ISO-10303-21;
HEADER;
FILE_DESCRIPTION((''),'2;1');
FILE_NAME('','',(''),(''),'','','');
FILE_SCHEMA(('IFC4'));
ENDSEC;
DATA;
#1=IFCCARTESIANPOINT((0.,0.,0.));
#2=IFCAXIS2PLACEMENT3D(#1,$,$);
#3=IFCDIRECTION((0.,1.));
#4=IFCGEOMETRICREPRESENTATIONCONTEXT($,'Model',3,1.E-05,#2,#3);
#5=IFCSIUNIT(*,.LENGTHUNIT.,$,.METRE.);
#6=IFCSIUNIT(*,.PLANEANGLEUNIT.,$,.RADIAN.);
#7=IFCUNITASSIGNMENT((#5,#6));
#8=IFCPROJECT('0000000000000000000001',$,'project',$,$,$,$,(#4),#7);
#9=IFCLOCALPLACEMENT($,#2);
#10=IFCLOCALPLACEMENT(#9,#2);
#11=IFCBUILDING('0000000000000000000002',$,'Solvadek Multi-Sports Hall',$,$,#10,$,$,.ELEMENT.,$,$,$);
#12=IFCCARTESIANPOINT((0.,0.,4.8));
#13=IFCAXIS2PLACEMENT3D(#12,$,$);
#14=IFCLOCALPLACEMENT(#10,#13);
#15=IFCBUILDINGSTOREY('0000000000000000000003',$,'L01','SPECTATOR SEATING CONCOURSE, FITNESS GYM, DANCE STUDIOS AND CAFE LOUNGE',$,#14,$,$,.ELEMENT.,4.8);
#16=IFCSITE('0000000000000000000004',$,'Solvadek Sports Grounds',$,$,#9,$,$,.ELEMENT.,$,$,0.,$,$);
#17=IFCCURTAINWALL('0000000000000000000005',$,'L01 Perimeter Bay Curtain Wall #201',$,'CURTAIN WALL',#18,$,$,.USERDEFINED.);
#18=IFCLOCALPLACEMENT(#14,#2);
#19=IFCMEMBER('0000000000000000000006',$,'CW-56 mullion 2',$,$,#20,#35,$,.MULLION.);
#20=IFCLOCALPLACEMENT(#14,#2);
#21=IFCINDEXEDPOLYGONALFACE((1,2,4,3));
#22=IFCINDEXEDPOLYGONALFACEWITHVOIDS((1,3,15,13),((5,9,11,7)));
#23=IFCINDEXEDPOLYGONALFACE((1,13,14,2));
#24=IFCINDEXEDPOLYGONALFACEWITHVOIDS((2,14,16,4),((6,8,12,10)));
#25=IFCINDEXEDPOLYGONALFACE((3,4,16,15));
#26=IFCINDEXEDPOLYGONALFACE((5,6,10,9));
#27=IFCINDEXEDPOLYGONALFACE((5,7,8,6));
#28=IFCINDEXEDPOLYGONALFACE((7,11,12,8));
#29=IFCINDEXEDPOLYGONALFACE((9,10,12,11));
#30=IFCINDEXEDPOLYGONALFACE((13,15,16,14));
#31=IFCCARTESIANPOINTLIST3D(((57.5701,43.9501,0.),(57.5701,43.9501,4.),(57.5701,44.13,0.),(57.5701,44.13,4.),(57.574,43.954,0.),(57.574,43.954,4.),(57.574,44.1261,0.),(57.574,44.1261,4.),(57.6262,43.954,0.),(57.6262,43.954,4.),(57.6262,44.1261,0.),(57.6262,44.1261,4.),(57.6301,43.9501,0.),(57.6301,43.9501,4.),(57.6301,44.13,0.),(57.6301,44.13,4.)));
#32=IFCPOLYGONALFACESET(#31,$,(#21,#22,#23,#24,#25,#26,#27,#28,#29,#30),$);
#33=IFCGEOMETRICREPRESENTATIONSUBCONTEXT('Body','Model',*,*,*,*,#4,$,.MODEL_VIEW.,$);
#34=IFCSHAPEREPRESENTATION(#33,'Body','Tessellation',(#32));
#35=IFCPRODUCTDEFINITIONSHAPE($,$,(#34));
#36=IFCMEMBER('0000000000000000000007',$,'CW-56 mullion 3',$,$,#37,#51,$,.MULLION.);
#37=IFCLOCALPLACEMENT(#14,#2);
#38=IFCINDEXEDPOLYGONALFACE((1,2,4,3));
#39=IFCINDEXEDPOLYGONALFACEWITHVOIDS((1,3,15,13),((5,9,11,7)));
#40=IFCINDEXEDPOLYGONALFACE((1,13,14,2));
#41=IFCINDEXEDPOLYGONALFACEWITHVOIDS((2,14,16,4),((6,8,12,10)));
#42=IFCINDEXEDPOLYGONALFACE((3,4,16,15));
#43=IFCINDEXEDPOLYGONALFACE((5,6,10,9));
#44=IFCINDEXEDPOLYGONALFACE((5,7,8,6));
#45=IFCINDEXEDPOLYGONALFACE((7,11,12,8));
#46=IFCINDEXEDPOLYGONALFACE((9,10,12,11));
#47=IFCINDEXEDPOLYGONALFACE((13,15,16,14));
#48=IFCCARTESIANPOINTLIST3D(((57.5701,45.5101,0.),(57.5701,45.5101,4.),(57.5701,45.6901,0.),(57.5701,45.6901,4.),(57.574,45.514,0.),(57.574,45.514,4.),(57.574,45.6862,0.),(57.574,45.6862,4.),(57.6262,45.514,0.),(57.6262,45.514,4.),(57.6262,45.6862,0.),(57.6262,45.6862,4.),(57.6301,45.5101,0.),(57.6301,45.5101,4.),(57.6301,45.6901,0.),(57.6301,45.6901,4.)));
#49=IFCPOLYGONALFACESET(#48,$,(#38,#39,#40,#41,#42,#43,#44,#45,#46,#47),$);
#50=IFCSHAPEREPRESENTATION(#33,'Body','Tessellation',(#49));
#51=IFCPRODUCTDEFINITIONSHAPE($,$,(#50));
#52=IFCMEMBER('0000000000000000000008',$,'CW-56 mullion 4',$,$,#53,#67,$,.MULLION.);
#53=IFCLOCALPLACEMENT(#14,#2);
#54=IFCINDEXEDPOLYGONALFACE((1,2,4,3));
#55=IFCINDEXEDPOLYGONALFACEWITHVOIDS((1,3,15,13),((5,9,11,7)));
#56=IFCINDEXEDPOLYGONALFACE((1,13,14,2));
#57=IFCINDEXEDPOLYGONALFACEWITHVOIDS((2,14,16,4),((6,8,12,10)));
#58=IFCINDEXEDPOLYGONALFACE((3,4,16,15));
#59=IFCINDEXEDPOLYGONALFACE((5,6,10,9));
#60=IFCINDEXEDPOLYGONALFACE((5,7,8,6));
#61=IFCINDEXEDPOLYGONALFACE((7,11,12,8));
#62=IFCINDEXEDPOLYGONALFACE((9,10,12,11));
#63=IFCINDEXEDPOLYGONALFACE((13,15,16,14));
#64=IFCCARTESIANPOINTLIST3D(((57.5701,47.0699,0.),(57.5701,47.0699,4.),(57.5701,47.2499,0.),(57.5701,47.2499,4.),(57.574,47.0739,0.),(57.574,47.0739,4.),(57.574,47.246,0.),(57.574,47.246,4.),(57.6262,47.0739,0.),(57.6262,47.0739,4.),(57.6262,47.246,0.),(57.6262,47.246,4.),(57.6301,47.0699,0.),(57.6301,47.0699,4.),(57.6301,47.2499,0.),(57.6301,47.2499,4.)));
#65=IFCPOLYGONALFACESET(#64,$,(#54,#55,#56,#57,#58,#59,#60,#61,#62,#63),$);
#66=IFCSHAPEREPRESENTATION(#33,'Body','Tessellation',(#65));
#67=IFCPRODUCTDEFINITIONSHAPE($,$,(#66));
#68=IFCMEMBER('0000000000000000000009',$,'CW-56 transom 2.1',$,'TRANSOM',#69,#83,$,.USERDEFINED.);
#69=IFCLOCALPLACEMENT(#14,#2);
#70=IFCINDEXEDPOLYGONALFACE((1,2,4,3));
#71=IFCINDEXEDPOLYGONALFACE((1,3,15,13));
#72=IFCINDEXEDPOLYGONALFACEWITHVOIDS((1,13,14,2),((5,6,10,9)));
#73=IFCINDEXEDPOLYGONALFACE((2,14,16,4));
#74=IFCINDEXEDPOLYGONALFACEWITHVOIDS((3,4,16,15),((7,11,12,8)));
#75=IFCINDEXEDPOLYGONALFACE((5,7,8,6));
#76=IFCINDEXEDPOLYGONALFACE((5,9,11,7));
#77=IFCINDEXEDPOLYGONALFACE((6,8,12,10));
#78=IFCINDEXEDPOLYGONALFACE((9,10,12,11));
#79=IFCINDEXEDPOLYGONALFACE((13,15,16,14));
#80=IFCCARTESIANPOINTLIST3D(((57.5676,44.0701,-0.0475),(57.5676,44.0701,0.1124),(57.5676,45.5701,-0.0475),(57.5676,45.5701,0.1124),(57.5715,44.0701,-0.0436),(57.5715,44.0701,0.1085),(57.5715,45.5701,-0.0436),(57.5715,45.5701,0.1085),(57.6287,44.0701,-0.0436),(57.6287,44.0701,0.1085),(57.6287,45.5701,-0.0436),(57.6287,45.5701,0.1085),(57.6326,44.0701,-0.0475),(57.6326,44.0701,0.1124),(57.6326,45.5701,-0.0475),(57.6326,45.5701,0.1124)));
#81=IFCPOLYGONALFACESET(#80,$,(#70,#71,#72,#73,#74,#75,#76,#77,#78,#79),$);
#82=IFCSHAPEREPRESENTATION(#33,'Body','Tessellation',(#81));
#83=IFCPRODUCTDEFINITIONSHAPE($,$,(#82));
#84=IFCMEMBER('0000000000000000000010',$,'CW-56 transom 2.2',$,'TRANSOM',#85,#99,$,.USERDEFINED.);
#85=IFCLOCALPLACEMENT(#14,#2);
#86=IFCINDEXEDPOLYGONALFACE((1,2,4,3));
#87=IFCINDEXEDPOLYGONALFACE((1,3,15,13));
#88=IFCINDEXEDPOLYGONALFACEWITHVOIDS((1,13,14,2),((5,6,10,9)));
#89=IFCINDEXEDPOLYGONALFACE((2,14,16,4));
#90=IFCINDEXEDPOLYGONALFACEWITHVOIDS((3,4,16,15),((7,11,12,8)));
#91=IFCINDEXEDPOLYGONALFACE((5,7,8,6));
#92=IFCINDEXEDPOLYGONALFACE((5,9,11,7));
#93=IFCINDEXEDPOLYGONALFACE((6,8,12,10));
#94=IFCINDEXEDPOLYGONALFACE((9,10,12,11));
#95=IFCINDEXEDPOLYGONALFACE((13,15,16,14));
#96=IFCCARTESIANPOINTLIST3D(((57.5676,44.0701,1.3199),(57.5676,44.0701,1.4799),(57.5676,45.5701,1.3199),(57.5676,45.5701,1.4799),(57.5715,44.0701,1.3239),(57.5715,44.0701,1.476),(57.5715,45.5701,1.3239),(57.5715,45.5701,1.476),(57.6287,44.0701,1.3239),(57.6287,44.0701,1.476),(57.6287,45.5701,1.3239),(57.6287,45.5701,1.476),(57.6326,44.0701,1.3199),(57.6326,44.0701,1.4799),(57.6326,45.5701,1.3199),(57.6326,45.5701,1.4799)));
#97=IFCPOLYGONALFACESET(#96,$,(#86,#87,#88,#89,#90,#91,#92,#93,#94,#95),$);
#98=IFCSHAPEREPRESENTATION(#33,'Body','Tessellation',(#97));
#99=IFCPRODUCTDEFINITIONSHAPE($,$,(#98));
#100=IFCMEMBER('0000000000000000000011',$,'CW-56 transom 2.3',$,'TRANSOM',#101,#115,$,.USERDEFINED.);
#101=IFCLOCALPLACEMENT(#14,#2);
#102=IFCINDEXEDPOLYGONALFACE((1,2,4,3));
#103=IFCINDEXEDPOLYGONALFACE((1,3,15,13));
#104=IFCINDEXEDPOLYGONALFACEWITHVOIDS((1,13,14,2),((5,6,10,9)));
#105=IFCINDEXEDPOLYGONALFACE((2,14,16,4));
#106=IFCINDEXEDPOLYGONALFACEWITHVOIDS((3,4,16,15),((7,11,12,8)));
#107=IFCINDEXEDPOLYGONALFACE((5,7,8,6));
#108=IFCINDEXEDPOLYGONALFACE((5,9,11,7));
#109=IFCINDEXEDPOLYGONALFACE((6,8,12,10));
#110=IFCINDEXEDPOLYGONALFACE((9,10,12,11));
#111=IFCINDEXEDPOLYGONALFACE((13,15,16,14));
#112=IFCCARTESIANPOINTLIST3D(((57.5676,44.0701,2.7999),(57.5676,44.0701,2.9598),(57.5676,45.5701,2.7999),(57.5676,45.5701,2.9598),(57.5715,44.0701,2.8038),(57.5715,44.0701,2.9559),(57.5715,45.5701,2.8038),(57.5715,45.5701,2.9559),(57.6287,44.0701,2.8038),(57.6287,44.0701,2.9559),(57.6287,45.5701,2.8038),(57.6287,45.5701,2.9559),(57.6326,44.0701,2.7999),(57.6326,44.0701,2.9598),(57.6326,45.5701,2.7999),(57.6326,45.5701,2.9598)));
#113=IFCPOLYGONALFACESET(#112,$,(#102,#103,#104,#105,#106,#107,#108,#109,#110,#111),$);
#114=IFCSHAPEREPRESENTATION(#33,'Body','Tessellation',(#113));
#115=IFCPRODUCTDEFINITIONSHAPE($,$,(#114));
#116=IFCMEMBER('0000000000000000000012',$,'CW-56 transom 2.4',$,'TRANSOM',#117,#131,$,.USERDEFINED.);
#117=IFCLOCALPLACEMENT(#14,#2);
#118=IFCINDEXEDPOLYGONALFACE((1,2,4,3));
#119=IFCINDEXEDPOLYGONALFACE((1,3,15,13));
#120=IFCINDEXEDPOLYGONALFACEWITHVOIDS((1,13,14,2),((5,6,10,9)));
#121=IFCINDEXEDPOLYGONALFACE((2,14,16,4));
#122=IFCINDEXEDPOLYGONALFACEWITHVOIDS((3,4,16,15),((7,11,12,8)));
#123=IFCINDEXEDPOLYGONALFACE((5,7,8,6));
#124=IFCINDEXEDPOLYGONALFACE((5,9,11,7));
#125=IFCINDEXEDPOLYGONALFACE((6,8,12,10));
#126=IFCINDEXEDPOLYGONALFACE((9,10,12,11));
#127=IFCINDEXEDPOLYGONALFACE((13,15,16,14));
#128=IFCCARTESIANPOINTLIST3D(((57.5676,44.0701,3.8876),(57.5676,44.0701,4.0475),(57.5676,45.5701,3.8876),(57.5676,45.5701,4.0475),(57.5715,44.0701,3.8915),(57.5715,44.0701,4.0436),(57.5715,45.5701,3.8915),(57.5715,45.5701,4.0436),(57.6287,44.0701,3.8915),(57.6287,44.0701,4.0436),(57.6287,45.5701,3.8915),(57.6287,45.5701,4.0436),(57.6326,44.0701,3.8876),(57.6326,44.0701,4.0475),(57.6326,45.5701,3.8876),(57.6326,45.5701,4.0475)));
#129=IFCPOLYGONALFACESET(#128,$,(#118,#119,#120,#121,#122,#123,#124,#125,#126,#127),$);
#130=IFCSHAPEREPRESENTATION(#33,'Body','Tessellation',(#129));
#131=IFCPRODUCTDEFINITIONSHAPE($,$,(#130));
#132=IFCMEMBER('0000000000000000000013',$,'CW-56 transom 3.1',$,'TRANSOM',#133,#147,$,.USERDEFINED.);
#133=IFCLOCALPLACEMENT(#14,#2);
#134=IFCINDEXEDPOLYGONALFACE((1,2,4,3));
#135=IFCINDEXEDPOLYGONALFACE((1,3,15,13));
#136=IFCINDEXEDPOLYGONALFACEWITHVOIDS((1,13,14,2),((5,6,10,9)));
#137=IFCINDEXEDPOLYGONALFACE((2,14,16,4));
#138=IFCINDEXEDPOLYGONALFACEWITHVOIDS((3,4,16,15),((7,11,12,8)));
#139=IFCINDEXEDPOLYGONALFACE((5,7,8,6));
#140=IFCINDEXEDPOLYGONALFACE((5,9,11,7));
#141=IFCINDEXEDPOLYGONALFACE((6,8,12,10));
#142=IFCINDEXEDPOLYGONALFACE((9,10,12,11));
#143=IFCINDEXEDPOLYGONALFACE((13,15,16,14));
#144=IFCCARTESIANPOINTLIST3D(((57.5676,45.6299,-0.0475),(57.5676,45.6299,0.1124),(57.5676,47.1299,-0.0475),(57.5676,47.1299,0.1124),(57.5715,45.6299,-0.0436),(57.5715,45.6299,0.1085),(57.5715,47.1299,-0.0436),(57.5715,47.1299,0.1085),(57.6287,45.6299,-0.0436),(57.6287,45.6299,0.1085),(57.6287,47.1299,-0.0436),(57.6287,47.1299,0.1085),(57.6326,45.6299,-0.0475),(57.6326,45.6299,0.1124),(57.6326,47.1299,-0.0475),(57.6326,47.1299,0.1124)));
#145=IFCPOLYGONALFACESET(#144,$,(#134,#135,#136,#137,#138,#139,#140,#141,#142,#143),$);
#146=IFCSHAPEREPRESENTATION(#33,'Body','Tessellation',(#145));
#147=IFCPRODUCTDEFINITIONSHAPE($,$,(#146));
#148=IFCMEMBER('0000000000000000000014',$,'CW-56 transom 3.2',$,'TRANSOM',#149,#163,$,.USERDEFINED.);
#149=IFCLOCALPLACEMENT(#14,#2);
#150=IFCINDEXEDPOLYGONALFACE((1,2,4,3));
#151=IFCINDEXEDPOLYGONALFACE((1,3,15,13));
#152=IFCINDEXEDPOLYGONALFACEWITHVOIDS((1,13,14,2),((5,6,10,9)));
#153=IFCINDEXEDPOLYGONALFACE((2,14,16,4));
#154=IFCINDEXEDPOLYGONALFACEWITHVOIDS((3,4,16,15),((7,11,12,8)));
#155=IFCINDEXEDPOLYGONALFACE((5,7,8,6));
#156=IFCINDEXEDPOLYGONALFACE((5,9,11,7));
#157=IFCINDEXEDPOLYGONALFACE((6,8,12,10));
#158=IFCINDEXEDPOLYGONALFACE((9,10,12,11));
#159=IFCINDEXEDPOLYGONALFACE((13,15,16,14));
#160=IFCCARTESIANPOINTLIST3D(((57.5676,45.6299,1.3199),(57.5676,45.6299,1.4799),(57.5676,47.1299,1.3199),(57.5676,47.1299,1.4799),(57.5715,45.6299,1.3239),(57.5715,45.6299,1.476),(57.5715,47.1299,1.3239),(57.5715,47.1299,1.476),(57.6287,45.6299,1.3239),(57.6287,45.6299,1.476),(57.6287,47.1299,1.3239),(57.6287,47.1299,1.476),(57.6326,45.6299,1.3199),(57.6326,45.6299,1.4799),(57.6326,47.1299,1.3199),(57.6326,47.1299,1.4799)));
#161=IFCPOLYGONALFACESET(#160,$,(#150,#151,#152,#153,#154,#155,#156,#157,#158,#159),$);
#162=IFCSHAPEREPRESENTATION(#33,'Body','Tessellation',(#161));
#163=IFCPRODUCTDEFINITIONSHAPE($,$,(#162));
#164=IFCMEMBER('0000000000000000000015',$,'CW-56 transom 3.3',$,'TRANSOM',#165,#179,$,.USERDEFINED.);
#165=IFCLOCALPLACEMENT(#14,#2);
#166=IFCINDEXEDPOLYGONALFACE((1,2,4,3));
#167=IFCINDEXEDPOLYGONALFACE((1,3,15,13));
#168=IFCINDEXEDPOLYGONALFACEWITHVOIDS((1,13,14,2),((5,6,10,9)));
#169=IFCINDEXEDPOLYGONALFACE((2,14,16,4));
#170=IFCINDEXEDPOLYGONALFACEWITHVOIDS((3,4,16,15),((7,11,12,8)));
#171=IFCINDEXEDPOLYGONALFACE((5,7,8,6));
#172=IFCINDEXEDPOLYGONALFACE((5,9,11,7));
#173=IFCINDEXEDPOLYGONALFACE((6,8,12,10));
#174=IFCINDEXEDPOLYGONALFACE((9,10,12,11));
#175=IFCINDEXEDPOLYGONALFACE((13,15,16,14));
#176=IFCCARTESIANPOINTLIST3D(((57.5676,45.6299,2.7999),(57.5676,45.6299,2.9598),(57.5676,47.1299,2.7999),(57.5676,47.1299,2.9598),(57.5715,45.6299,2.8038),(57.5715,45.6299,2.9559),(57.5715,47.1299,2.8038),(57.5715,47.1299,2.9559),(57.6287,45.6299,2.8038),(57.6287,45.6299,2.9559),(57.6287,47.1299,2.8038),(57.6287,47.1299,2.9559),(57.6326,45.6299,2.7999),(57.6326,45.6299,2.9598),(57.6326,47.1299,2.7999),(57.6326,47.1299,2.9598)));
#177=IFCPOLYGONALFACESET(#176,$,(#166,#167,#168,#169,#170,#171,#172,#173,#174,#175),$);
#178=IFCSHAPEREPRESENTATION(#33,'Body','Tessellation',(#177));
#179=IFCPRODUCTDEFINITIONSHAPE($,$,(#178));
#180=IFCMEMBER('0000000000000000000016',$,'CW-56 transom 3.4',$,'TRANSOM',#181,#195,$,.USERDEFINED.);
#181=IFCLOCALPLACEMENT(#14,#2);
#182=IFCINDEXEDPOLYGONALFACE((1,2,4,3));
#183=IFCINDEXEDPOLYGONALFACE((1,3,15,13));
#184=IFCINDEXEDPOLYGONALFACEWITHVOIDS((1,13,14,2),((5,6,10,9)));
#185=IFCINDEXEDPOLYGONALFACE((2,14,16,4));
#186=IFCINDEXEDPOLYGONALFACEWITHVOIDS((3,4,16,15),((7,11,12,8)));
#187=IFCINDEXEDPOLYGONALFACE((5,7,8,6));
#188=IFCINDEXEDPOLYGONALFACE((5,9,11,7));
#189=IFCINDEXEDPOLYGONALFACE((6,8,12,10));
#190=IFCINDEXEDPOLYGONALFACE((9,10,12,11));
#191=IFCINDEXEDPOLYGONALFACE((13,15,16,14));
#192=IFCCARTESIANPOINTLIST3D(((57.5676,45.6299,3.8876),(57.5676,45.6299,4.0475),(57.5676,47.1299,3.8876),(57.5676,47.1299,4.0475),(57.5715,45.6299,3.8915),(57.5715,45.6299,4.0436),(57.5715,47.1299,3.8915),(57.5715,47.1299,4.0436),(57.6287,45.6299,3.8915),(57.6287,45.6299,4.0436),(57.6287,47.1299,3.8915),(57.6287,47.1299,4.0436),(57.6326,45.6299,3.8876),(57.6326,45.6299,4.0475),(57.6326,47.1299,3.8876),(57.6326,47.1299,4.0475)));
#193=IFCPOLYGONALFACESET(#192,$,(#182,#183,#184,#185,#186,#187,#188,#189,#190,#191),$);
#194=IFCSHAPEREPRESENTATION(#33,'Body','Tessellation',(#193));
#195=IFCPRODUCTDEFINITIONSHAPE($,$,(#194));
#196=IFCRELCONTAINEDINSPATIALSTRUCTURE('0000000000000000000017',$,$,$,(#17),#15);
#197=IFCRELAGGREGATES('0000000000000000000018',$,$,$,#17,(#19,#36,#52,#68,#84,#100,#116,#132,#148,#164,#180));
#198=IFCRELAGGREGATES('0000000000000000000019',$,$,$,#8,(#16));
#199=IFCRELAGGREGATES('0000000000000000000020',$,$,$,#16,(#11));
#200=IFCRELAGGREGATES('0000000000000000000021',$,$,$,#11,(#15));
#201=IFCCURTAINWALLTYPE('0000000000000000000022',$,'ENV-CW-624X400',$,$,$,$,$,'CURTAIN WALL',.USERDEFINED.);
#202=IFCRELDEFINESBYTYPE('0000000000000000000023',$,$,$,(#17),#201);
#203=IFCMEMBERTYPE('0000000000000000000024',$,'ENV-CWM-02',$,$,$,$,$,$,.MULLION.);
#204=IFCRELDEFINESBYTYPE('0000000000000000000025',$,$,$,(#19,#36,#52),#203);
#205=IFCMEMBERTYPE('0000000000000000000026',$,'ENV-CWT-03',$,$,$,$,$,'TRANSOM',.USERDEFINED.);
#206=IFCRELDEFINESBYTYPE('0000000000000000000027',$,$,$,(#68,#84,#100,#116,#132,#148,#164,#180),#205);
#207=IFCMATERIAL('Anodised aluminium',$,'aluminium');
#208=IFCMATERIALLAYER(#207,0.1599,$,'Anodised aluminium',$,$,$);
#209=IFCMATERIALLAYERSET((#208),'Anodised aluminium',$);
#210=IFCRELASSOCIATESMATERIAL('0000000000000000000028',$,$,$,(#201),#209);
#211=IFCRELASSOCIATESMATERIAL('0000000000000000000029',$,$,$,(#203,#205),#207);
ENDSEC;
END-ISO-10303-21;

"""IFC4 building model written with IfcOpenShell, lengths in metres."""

from ifc_helpers import new_model, si_unit, direction, frame, origin, origin_2d, place, context, subcontext, project, spatial, hollow_rectangle, extrude, material, layer, layer_set, material_profile, profile_set, type_object, element, aggregate, save


model = new_model("IFC4")

# Units and contexts
model_context = context("Model", 3, precision=1e-05, world=origin(), true_north=direction((0.0, 1.0)))
body_context = subcontext(model_context, "Body", "Model", "MODEL_VIEW")
ifc_project = project(units=[si_unit("LENGTHUNIT", "METRE"), si_unit("PLANEANGLEUNIT", "RADIAN")], contexts=[model_context])

# Site, building, storey
site_placement = place(None, origin())
site = spatial("IfcSite", under=ifc_project, at=site_placement, Name="Solvadek Sports Grounds", CompositionType="ELEMENT", RefElevation=0.0)
building_placement = place(site_placement, origin())
building = spatial("IfcBuilding", under=site, at=building_placement, Name="Solvadek Multi-Sports Hall", CompositionType="ELEMENT")
storey_placement = place(building_placement, frame((0.0, 0.0, 4.8)))
storey = spatial("IfcBuildingStorey", under=building, at=storey_placement, Name="L01", Description="SPECTATOR SEATING CONCOURSE, FITNESS GYM, DANCE STUDIOS AND CAFE LOUNGE", CompositionType="ELEMENT", Elevation=4.8)

# Curtain wall, members
ifc_material_1 = material(Name="Anodised aluminium", Category="aluminium")
ifc_layer_1 = layer(ifc_material_1, 0.1599, Name="Anodised aluminium")
ifc_layer_set_1 = layer_set([ifc_layer_1], Name="Anodised aluminium")
curtain_wall_type = type_object("IfcCurtainWallType", Name="ENV-CW-624X400", ElementType="CURTAIN WALL", PredefinedType="USERDEFINED", material=ifc_layer_set_1)
curtain_wall_placement = place(storey_placement, origin())
curtain_wall = element("IfcCurtainWall", 1, at=curtain_wall_placement, inside=storey, type_object=curtain_wall_type, Name="L01 Perimeter Bay Curtain Wall #201", ObjectType="CURTAIN WALL", PredefinedType="USERDEFINED")
ifc_material_profile_1 = material_profile(ifc_material_1, hollow_rectangle(XDim=0.0601, YDim=0.1799, WallThickness=0.0039, at=origin_2d()), Name="ALU-M 180x60x4")
ifc_profile_set_1 = profile_set([ifc_material_profile_1], Name="Anodised aluminium")
member_type_1 = type_object("IfcMemberType", Name="ENV-CWM-02", PredefinedType="MULLION", material=ifc_profile_set_1)
member_1_placement = place(storey_placement, frame((57.6001, 44.04, 0.0), z_axis=(0.0, 0.0, 1.0), x_axis=(-1.0, 0.0, 0.0)))
member_1 = element("IfcMember", 2, at=member_1_placement, type_object=member_type_1, Name="CW-56 mullion 2", PredefinedType="MULLION", context=body_context, shape_type="SweptSolid", body=[
    extrude(hollow_rectangle(XDim=0.0601, YDim=0.1799, WallThickness=0.0039, at=origin_2d()), origin(), (0.0, 0.0, 1.0), 4.0),
])
member_2_placement = place(storey_placement, frame((57.6001, 45.6001, 0.0), z_axis=(0.0, 0.0, 1.0), x_axis=(-1.0, 0.0, 0.0)))
member_2 = element("IfcMember", 3, at=member_2_placement, type_object=member_type_1, Name="CW-56 mullion 3", PredefinedType="MULLION", context=body_context, shape_type="SweptSolid", body=[
    extrude(hollow_rectangle(XDim=0.0601, YDim=0.1799, WallThickness=0.0039, at=origin_2d()), origin(), (0.0, 0.0, 1.0), 4.0),
])
member_3_placement = place(storey_placement, frame((57.6001, 47.1599, 0.0), z_axis=(0.0, 0.0, 1.0), x_axis=(-1.0, 0.0, 0.0)))
member_3 = element("IfcMember", 4, at=member_3_placement, type_object=member_type_1, Name="CW-56 mullion 4", PredefinedType="MULLION", context=body_context, shape_type="SweptSolid", body=[
    extrude(hollow_rectangle(XDim=0.0601, YDim=0.1799, WallThickness=0.0039, at=origin_2d()), origin(), (0.0, 0.0, 1.0), 4.0),
])
ifc_material_profile_2 = material_profile(ifc_material_1, hollow_rectangle(XDim=0.0649, YDim=0.1599, WallThickness=0.0039, at=origin_2d()), Name="ALU-T 160x65x4")
ifc_profile_set_2 = profile_set([ifc_material_profile_2], Name="Anodised aluminium")
member_type_2 = type_object("IfcMemberType", Name="ENV-CWT-03", ElementType="TRANSOM", PredefinedType="USERDEFINED", material=ifc_profile_set_2)
member_4_placement = place(storey_placement, frame((57.6001, 44.0701, 0.0325), z_axis=(0.0, 1.0, 0.0), x_axis=(-1.0, 0.0, 0.0)))
member_4 = element("IfcMember", 5, at=member_4_placement, type_object=member_type_2, Name="CW-56 transom 2.1", ObjectType="TRANSOM", PredefinedType="USERDEFINED", context=body_context, shape_type="SweptSolid", body=[
    extrude(hollow_rectangle(XDim=0.0649, YDim=0.1599, WallThickness=0.0039, at=origin_2d()), origin(), (0.0, 0.0, 1.0), 1.5),
])
member_5_placement = place(storey_placement, frame((57.6001, 44.0701, 1.3999), z_axis=(0.0, 1.0, 0.0), x_axis=(-1.0, 0.0, 0.0)))
member_5 = element("IfcMember", 6, at=member_5_placement, type_object=member_type_2, Name="CW-56 transom 2.2", ObjectType="TRANSOM", PredefinedType="USERDEFINED", context=body_context, shape_type="SweptSolid", body=[
    extrude(hollow_rectangle(XDim=0.0649, YDim=0.1599, WallThickness=0.0039, at=origin_2d()), origin(), (0.0, 0.0, 1.0), 1.5),
])
member_6_placement = place(storey_placement, frame((57.6001, 44.0701, 2.8799), z_axis=(0.0, 1.0, 0.0), x_axis=(-1.0, 0.0, 0.0)))
member_6 = element("IfcMember", 7, at=member_6_placement, type_object=member_type_2, Name="CW-56 transom 2.3", ObjectType="TRANSOM", PredefinedType="USERDEFINED", context=body_context, shape_type="SweptSolid", body=[
    extrude(hollow_rectangle(XDim=0.0649, YDim=0.1599, WallThickness=0.0039, at=origin_2d()), origin(), (0.0, 0.0, 1.0), 1.5),
])
member_7_placement = place(storey_placement, frame((57.6001, 44.0701, 3.9675), z_axis=(0.0, 1.0, 0.0), x_axis=(-1.0, 0.0, 0.0)))
member_7 = element("IfcMember", 8, at=member_7_placement, type_object=member_type_2, Name="CW-56 transom 2.4", ObjectType="TRANSOM", PredefinedType="USERDEFINED", context=body_context, shape_type="SweptSolid", body=[
    extrude(hollow_rectangle(XDim=0.0649, YDim=0.1599, WallThickness=0.0039, at=origin_2d()), origin(), (0.0, 0.0, 1.0), 1.5),
])
member_8_placement = place(storey_placement, frame((57.6001, 45.6299, 0.0325), z_axis=(0.0, 1.0, 0.0), x_axis=(-1.0, 0.0, 0.0)))
member_8 = element("IfcMember", 9, at=member_8_placement, type_object=member_type_2, Name="CW-56 transom 3.1", ObjectType="TRANSOM", PredefinedType="USERDEFINED", context=body_context, shape_type="SweptSolid", body=[
    extrude(hollow_rectangle(XDim=0.0649, YDim=0.1599, WallThickness=0.0039, at=origin_2d()), origin(), (0.0, 0.0, 1.0), 1.5),
])
member_9_placement = place(storey_placement, frame((57.6001, 45.6299, 1.3999), z_axis=(0.0, 1.0, 0.0), x_axis=(-1.0, 0.0, 0.0)))
member_9 = element("IfcMember", 10, at=member_9_placement, type_object=member_type_2, Name="CW-56 transom 3.2", ObjectType="TRANSOM", PredefinedType="USERDEFINED", context=body_context, shape_type="SweptSolid", body=[
    extrude(hollow_rectangle(XDim=0.0649, YDim=0.1599, WallThickness=0.0039, at=origin_2d()), origin(), (0.0, 0.0, 1.0), 1.5),
])
member_10_placement = place(storey_placement, frame((57.6001, 45.6299, 2.8799), z_axis=(0.0, 1.0, 0.0), x_axis=(-1.0, 0.0, 0.0)))
member_10 = element("IfcMember", 11, at=member_10_placement, type_object=member_type_2, Name="CW-56 transom 3.3", ObjectType="TRANSOM", PredefinedType="USERDEFINED", context=body_context, shape_type="SweptSolid", body=[
    extrude(hollow_rectangle(XDim=0.0649, YDim=0.1599, WallThickness=0.0039, at=origin_2d()), origin(), (0.0, 0.0, 1.0), 1.5),
])
member_11_placement = place(storey_placement, frame((57.6001, 45.6299, 3.9675), z_axis=(0.0, 1.0, 0.0), x_axis=(-1.0, 0.0, 0.0)))
member_11 = element("IfcMember", 12, at=member_11_placement, type_object=member_type_2, Name="CW-56 transom 3.4", ObjectType="TRANSOM", PredefinedType="USERDEFINED", context=body_context, shape_type="SweptSolid", body=[
    extrude(hollow_rectangle(XDim=0.0649, YDim=0.1599, WallThickness=0.0039, at=origin_2d()), origin(), (0.0, 0.0, 1.0), 1.5),
])
aggregate(curtain_wall, [member_1, member_2, member_3, member_4, member_5, member_6, member_7, member_8, member_9, member_10, member_11])

save(model, "model.ifc")
